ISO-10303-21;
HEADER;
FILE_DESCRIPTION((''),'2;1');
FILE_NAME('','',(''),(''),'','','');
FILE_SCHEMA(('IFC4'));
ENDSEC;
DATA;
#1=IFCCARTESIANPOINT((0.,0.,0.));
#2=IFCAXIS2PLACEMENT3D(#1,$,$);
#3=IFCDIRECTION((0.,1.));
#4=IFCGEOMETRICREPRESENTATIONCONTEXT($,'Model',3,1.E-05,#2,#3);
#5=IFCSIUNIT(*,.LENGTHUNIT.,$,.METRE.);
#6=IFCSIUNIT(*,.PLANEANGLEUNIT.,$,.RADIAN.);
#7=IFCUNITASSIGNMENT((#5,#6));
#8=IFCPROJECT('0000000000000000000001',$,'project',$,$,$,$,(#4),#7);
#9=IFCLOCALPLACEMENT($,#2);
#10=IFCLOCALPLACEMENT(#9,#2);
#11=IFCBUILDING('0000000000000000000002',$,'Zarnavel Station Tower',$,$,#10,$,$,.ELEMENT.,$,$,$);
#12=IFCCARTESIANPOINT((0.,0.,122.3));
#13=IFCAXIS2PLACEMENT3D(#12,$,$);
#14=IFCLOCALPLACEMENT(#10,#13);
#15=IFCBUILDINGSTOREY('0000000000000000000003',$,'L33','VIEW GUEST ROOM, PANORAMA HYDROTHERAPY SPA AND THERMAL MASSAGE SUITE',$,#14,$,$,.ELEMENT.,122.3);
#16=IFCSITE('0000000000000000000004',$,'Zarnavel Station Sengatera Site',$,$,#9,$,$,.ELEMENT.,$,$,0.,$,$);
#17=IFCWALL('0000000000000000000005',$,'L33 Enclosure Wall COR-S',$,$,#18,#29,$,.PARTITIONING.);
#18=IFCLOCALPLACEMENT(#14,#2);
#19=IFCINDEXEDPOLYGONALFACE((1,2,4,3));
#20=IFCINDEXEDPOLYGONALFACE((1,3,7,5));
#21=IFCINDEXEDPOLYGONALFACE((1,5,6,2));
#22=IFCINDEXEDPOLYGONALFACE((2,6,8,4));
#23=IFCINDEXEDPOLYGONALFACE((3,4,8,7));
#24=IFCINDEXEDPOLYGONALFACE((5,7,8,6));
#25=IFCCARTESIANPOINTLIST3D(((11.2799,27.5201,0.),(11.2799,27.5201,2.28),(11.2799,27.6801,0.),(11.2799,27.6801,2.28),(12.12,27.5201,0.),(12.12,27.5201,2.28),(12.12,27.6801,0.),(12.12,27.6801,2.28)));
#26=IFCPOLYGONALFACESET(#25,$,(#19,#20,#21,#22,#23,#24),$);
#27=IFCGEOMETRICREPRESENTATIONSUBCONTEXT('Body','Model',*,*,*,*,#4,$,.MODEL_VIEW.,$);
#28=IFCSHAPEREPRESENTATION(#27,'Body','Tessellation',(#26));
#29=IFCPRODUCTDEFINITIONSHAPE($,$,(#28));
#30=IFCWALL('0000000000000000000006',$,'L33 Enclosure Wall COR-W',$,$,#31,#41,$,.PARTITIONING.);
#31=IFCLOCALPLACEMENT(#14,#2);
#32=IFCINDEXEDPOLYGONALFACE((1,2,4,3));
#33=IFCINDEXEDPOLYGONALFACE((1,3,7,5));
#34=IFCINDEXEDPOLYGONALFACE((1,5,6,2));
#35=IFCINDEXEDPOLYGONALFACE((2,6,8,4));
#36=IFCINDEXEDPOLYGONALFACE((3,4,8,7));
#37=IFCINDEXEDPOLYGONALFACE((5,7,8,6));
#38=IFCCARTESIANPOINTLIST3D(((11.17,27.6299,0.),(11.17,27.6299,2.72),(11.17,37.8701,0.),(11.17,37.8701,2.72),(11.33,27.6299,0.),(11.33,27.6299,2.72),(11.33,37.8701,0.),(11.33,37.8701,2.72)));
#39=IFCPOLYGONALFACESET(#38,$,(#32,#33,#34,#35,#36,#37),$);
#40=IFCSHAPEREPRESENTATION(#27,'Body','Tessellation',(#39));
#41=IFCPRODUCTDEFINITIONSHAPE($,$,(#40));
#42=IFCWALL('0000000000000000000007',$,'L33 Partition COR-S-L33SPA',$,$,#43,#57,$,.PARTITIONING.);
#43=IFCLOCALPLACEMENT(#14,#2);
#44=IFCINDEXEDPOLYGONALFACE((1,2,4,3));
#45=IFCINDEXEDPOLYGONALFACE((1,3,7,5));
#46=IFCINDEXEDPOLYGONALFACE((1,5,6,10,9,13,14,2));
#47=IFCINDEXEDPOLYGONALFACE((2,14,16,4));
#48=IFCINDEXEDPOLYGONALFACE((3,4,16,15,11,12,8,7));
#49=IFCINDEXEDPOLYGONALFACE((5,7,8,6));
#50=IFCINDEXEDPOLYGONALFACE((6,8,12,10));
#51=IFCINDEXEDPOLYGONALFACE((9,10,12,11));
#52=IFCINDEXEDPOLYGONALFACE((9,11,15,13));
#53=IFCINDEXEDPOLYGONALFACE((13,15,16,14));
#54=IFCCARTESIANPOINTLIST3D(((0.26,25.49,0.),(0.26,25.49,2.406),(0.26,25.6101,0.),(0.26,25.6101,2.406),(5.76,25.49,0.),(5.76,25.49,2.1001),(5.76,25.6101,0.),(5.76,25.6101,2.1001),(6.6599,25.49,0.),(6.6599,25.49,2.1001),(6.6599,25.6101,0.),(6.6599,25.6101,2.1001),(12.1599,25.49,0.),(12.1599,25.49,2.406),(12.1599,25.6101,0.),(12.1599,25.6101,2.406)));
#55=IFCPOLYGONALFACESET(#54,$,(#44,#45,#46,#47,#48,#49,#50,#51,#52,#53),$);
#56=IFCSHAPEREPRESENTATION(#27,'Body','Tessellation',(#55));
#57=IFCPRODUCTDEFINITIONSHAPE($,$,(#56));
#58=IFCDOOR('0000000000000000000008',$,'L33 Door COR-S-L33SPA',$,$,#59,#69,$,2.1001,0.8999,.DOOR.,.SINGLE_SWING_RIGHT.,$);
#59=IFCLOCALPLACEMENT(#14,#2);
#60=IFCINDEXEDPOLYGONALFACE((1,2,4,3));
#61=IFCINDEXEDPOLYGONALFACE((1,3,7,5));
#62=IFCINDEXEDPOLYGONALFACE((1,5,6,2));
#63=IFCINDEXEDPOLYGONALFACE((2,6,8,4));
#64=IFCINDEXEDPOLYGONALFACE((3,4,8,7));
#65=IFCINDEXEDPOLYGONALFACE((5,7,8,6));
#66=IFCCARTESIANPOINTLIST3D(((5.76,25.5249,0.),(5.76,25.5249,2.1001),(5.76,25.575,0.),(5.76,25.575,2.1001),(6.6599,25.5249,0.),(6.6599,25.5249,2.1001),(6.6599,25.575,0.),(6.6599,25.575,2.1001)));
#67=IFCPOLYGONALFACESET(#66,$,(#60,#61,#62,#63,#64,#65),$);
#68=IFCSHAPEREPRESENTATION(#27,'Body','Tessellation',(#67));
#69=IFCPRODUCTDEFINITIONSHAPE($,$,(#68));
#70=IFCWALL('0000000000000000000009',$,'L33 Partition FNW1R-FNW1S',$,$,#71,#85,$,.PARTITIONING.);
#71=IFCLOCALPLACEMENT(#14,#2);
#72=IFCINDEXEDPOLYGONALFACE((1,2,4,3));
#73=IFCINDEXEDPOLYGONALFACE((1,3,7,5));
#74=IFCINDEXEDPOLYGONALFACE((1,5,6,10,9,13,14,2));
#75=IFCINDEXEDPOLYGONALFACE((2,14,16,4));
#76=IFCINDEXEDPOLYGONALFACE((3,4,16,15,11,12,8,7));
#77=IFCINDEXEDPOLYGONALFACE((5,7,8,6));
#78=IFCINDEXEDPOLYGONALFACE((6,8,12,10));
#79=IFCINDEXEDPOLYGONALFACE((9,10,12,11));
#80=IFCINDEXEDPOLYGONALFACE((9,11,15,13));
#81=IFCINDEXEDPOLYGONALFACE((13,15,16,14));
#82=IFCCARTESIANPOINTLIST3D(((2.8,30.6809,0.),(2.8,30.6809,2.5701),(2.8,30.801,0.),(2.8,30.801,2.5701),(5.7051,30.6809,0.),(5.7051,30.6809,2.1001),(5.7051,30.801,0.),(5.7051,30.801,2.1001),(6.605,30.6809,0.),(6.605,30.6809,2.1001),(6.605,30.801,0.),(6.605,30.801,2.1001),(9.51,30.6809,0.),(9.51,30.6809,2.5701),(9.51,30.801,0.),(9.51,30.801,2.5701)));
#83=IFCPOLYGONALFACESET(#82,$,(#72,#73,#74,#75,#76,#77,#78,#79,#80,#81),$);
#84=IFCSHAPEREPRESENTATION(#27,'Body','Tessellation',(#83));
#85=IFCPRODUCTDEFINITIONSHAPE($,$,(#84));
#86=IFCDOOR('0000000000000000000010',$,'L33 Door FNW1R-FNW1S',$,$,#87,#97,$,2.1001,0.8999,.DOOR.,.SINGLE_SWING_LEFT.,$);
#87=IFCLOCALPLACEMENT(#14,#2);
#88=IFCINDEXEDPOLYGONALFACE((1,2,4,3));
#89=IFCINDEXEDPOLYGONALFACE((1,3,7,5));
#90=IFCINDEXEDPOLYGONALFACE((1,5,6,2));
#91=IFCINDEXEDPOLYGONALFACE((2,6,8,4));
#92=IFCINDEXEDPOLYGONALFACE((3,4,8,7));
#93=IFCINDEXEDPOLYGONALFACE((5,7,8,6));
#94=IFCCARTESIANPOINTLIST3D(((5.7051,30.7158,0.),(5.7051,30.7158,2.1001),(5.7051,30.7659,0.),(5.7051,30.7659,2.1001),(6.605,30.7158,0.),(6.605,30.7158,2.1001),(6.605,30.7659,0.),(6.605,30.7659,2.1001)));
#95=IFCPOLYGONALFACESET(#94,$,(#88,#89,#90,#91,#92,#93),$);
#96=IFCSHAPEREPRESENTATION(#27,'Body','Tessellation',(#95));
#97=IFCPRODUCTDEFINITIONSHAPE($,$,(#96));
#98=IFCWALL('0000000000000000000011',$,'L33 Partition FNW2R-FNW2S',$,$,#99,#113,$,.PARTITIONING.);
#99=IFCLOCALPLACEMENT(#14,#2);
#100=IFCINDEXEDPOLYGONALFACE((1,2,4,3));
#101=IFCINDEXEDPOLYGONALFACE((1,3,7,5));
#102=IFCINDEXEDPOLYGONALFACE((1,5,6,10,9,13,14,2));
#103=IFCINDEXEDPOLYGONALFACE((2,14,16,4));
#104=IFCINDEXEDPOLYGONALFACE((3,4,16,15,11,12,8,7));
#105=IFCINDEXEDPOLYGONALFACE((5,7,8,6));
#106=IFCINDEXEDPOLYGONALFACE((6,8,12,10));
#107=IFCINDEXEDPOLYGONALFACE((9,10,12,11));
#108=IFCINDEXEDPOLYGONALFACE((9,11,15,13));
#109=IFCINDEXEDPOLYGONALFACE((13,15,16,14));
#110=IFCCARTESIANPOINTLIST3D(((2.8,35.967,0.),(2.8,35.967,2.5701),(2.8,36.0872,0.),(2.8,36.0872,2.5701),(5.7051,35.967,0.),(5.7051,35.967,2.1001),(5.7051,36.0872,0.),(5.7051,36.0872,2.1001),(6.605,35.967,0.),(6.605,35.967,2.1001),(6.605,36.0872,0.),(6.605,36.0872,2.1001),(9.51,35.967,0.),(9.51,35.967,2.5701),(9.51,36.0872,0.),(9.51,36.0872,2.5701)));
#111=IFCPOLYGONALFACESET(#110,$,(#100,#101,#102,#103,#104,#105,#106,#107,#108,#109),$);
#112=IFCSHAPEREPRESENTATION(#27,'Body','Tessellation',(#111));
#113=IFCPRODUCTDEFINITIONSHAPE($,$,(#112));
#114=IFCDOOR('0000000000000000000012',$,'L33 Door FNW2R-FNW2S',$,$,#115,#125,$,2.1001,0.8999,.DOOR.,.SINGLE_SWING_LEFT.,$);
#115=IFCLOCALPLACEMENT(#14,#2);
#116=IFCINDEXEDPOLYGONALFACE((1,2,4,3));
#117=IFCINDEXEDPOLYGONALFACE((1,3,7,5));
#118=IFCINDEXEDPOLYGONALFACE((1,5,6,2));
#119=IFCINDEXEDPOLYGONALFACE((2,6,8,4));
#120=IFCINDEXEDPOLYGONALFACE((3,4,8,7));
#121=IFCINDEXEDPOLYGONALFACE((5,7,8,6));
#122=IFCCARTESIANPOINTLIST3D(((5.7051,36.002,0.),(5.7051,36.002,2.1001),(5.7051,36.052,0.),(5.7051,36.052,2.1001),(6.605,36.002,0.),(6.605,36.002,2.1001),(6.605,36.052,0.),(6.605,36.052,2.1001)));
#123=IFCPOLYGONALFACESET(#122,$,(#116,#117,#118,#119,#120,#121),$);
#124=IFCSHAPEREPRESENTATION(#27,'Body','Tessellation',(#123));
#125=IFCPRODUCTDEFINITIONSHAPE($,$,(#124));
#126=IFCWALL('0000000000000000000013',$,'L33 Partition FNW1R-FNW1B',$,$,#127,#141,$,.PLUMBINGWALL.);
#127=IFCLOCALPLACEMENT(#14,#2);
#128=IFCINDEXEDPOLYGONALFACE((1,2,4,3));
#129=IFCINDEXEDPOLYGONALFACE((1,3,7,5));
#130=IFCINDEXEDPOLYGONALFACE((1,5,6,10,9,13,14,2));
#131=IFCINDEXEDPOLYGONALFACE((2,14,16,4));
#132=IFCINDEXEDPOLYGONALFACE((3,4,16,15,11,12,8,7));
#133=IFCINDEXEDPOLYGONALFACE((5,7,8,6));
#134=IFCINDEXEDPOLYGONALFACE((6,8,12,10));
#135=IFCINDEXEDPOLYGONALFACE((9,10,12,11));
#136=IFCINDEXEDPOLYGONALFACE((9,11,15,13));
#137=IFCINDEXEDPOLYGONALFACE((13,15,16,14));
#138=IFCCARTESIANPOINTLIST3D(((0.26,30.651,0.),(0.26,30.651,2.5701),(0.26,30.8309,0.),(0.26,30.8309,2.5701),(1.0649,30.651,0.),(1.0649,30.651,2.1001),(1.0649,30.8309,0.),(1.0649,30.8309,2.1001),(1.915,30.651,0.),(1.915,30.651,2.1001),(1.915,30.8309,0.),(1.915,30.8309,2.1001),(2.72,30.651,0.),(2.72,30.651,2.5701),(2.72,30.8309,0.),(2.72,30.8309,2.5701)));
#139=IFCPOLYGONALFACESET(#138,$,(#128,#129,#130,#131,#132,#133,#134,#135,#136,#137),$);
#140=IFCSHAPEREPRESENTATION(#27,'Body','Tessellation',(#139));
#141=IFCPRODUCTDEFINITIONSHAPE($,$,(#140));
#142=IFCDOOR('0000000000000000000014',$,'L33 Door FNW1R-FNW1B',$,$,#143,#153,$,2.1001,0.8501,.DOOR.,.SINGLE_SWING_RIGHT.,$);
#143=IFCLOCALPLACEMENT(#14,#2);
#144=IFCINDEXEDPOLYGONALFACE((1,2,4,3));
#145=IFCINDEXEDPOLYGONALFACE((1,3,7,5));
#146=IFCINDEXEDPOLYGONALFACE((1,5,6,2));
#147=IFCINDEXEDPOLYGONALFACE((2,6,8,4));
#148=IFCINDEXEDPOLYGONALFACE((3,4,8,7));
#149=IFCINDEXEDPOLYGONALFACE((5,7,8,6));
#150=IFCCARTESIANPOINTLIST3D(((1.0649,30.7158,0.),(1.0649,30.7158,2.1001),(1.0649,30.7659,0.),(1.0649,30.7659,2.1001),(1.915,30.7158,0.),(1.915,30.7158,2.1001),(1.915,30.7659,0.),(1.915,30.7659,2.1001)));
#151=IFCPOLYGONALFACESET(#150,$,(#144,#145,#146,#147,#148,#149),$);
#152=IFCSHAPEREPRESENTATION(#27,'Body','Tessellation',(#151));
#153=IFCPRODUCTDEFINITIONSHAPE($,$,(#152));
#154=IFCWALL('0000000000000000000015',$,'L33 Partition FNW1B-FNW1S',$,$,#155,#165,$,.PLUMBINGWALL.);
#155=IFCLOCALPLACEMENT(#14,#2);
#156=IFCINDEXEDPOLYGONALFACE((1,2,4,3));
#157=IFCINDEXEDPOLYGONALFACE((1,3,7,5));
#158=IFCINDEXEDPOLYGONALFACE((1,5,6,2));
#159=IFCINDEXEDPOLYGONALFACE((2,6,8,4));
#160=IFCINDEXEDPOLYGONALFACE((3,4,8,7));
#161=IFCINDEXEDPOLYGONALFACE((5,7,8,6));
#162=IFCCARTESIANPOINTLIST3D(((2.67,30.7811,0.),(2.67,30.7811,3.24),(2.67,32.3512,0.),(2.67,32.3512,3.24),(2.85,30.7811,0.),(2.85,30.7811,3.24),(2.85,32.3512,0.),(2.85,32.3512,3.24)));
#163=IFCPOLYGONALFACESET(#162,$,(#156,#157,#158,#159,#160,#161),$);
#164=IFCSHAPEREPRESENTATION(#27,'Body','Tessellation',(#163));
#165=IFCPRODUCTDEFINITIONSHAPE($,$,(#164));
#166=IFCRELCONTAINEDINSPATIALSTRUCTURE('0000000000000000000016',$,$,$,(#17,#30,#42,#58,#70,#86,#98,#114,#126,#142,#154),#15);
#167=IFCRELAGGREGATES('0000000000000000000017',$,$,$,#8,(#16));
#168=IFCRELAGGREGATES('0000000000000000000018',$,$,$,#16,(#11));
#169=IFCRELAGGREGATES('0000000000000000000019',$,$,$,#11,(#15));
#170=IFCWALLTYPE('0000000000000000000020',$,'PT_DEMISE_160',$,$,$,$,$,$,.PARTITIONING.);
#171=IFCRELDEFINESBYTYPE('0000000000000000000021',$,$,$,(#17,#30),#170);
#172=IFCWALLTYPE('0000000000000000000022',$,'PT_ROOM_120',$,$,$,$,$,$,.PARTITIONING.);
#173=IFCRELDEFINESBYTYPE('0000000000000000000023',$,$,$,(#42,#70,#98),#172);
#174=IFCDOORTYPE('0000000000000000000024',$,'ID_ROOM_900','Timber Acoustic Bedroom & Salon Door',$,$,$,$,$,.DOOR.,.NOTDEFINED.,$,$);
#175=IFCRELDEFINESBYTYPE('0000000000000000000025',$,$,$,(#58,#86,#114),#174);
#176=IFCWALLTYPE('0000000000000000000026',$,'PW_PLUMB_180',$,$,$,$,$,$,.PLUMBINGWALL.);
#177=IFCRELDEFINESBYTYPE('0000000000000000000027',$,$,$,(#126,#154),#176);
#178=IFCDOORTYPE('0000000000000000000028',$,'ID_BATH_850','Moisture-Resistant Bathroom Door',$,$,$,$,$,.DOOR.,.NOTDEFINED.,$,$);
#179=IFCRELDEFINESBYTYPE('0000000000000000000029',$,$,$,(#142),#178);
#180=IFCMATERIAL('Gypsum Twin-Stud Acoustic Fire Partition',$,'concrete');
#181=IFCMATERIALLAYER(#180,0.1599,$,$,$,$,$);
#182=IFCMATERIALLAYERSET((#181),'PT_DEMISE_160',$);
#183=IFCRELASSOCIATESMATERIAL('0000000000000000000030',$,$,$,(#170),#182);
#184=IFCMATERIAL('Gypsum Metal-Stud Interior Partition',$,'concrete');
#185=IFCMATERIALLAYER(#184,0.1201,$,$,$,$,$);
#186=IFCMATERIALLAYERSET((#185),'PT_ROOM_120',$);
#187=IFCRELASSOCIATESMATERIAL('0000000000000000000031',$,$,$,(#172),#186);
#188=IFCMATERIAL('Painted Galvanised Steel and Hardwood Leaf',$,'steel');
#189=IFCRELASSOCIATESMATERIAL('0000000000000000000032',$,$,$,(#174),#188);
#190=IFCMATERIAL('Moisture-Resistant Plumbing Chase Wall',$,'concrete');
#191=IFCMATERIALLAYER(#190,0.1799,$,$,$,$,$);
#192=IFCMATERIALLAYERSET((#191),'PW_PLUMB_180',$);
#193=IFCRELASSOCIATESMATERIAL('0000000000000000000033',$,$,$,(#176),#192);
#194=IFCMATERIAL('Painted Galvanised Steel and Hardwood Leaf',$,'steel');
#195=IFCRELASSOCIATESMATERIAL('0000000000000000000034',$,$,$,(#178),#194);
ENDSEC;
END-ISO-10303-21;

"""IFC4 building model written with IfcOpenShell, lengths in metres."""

from ifc_helpers import new_model, si_unit, direction, frame, frame_2d, origin, place, context, subcontext, project, spatial, rectangle, extrude, material, layer, layer_set, type_object, element, fill, save


model = new_model("IFC4")

# Units and contexts
model_context = context("Model", 3, precision=1e-05, world=origin(), true_north=direction((0.0, 1.0)))
body_context = subcontext(model_context, "Body", "Model", "MODEL_VIEW")
ifc_project = project(units=[si_unit("LENGTHUNIT", "METRE"), si_unit("PLANEANGLEUNIT", "RADIAN")], contexts=[model_context])

# Site, building, storey
site_placement = place(None, origin())
site = spatial("IfcSite", under=ifc_project, at=site_placement, Name="Zarnavel Station Sengatera Site", CompositionType="ELEMENT", RefElevation=0.0)
building_placement = place(site_placement, origin())
building = spatial("IfcBuilding", under=site, at=building_placement, Name="Zarnavel Station Tower", CompositionType="ELEMENT")
storey_placement = place(building_placement, frame((0.0, 0.0, 122.3)))
storey = spatial("IfcBuildingStorey", under=building, at=storey_placement, Name="L33", Description="VIEW GUEST ROOM, PANORAMA HYDROTHERAPY SPA AND THERMAL MASSAGE SUITE", CompositionType="ELEMENT", Elevation=122.3)

# Shared definitions
ifc_material_1 = material(Name="Gypsum Twin-Stud Acoustic Fire Partition", Category="concrete")
ifc_layer_1 = layer(ifc_material_1, 0.1599)
ifc_layer_set_1 = layer_set([ifc_layer_1], Name="PT_DEMISE_160")
wall_type_1 = type_object("IfcWallType", Name="PT_DEMISE_160", PredefinedType="PARTITIONING", material=ifc_layer_set_1)

# Walls
wall_1_placement = place(storey_placement, frame((11.28, 27.6001, 0.0), z_axis=(0.0, 0.0, 1.0), x_axis=(1.0, 0.0, 0.0)))
element("IfcWall", 1, at=wall_1_placement, inside=storey, type_object=wall_type_1, Name="L33 Enclosure Wall COR-S", PredefinedType="PARTITIONING", context=body_context, shape_type="SweptSolid", body=[
    extrude(rectangle(XDim=0.8401, YDim=0.1599, at=frame_2d((0.4199, 0.0))), origin(), (0.0, 0.0, 1.0), 2.28),
])
wall_2_placement = place(storey_placement, frame((11.25, 27.6299, 0.0), z_axis=(0.0, 0.0, 1.0), x_axis=(0.0, 1.0, 0.0)))
element("IfcWall", 2, at=wall_2_placement, inside=storey, type_object=wall_type_1, Name="L33 Enclosure Wall COR-W", PredefinedType="PARTITIONING", context=body_context, shape_type="SweptSolid", body=[
    extrude(rectangle(XDim=10.2402, YDim=0.1599, at=frame_2d((5.1201, 0.0))), origin(), (0.0, 0.0, 1.0), 2.72),
])

# Walls, openings, doors
ifc_material_2 = material(Name="Gypsum Metal-Stud Interior Partition", Category="concrete")
ifc_layer_2 = layer(ifc_material_2, 0.1201)
ifc_layer_set_2 = layer_set([ifc_layer_2], Name="PT_ROOM_120")
wall_type_2 = type_object("IfcWallType", Name="PT_ROOM_120", PredefinedType="PARTITIONING", material=ifc_layer_set_2)
wall_3_placement = place(storey_placement, frame((0.26, 25.55, 0.0), z_axis=(0.0, 0.0, 1.0), x_axis=(1.0, 0.0, 0.0)))
wall_3 = element("IfcWall", 3, at=wall_3_placement, inside=storey, type_object=wall_type_2, Name="L33 Partition COR-S-L33SPA", PredefinedType="PARTITIONING", context=body_context, shape_type="SweptSolid", body=[
    extrude(rectangle(XDim=11.8999, YDim=0.1201, at=frame_2d((5.95, 0.0))), origin(), (0.0, 0.0, 1.0), 2.406),
])
opening_1_placement = place(wall_3_placement, frame((5.5, 0.0, 0.0)))
opening_1 = element("IfcOpeningElement", 4, at=opening_1_placement, cuts=wall_3, PredefinedType="OPENING", context=body_context, shape_type="SweptSolid", body=[
    extrude(rectangle(XDim=0.8999, YDim=2.1001, at=frame_2d((0.45, 1.05))), frame((0.0, 0.0701, 0.0), z_axis=(0.0, -1.0, 0.0), x_axis=(1.0, 0.0, 0.0)), (0.0, 0.0, 1.0), 0.1401),
])
ifc_material_3 = material(Name="Painted Galvanised Steel and Hardwood Leaf", Category="steel")
door_type_1 = type_object("IfcDoorType", Name="ID_ROOM_900", Description="Timber Acoustic Bedroom & Salon Door", OperationType="NOTDEFINED", PredefinedType="DOOR", material=ifc_material_3)
door_1_placement = place(opening_1_placement, origin())
door_1 = element("IfcDoor", 5, at=door_1_placement, inside=storey, type_object=door_type_1, Name="L33 Door COR-S-L33SPA", OperationType="SINGLE_SWING_RIGHT", OverallHeight=2.1001, OverallWidth=0.8999, PredefinedType="DOOR", context=body_context, shape_type="SweptSolid", body=[
    extrude(rectangle(XDim=0.8999, YDim=2.1001, at=frame_2d((0.45, 1.05))), frame((0.0, 0.0249, 0.0), z_axis=(0.0, -1.0, 0.0), x_axis=(1.0, 0.0, 0.0)), (0.0, 0.0, 1.0), 0.05),
])
fill(opening_1, door_1)
wall_4_placement = place(storey_placement, frame((2.8, 30.741, 0.0), z_axis=(0.0, 0.0, 1.0), x_axis=(1.0, 0.0, 0.0)))
wall_4 = element("IfcWall", 6, at=wall_4_placement, inside=storey, type_object=wall_type_2, Name="L33 Partition FNW1R-FNW1S", PredefinedType="PARTITIONING", context=body_context, shape_type="SweptSolid", body=[
    extrude(rectangle(XDim=6.71, YDim=0.1201, at=frame_2d((3.355, 0.0))), origin(), (0.0, 0.0, 1.0), 2.5701),
])
opening_2_placement = place(wall_4_placement, frame((2.905, 0.0, 0.0)))
opening_2 = element("IfcOpeningElement", 7, at=opening_2_placement, cuts=wall_4, PredefinedType="OPENING", context=body_context, shape_type="SweptSolid", body=[
    extrude(rectangle(XDim=0.8999, YDim=2.1001, at=frame_2d((0.45, 1.05))), frame((0.0, 0.0701, 0.0), z_axis=(0.0, -1.0, 0.0), x_axis=(1.0, 0.0, 0.0)), (0.0, 0.0, 1.0), 0.1401),
])
door_2_placement = place(opening_2_placement, origin())
door_2 = element("IfcDoor", 8, at=door_2_placement, inside=storey, type_object=door_type_1, Name="L33 Door FNW1R-FNW1S", OperationType="SINGLE_SWING_LEFT", OverallHeight=2.1001, OverallWidth=0.8999, PredefinedType="DOOR", context=body_context, shape_type="SweptSolid", body=[
    extrude(rectangle(XDim=0.8999, YDim=2.1001, at=frame_2d((0.45, 1.05))), frame((0.0, 0.0249, 0.0), z_axis=(0.0, -1.0, 0.0), x_axis=(1.0, 0.0, 0.0)), (0.0, 0.0, 1.0), 0.05),
])
fill(opening_2, door_2)
wall_5_placement = place(storey_placement, frame((2.8, 36.0271, 0.0), z_axis=(0.0, 0.0, 1.0), x_axis=(1.0, 0.0, 0.0)))
wall_5 = element("IfcWall", 9, at=wall_5_placement, inside=storey, type_object=wall_type_2, Name="L33 Partition FNW2R-FNW2S", PredefinedType="PARTITIONING", context=body_context, shape_type="SweptSolid", body=[
    extrude(rectangle(XDim=6.71, YDim=0.1201, at=frame_2d((3.355, 0.0))), origin(), (0.0, 0.0, 1.0), 2.5701),
])
opening_3_placement = place(wall_5_placement, frame((2.905, 0.0, 0.0)))
opening_3 = element("IfcOpeningElement", 10, at=opening_3_placement, cuts=wall_5, PredefinedType="OPENING", context=body_context, shape_type="SweptSolid", body=[
    extrude(rectangle(XDim=0.8999, YDim=2.1001, at=frame_2d((0.45, 1.05))), frame((0.0, 0.0701, 0.0), z_axis=(0.0, -1.0, 0.0), x_axis=(1.0, 0.0, 0.0)), (0.0, 0.0, 1.0), 0.1401),
])
door_3_placement = place(opening_3_placement, origin())
door_3 = element("IfcDoor", 11, at=door_3_placement, inside=storey, type_object=door_type_1, Name="L33 Door FNW2R-FNW2S", OperationType="SINGLE_SWING_LEFT", OverallHeight=2.1001, OverallWidth=0.8999, PredefinedType="DOOR", context=body_context, shape_type="SweptSolid", body=[
    extrude(rectangle(XDim=0.8999, YDim=2.1001, at=frame_2d((0.45, 1.05))), frame((0.0, 0.0249, 0.0), z_axis=(0.0, -1.0, 0.0), x_axis=(1.0, 0.0, 0.0)), (0.0, 0.0, 1.0), 0.05),
])
fill(opening_3, door_3)
ifc_material_4 = material(Name="Moisture-Resistant Plumbing Chase Wall", Category="concrete")
ifc_layer_3 = layer(ifc_material_4, 0.1799)
ifc_layer_set_3 = layer_set([ifc_layer_3], Name="PW_PLUMB_180")
wall_type_3 = type_object("IfcWallType", Name="PW_PLUMB_180", PredefinedType="PLUMBINGWALL", material=ifc_layer_set_3)
wall_6_placement = place(storey_placement, frame((0.26, 30.741, 0.0), z_axis=(0.0, 0.0, 1.0), x_axis=(1.0, 0.0, 0.0)))
wall_6 = element("IfcWall", 12, at=wall_6_placement, inside=storey, type_object=wall_type_3, Name="L33 Partition FNW1R-FNW1B", PredefinedType="PLUMBINGWALL", context=body_context, shape_type="SweptSolid", body=[
    extrude(rectangle(XDim=2.46, YDim=0.1799, at=frame_2d((1.23, 0.0))), origin(), (0.0, 0.0, 1.0), 2.5701),
])
opening_4_placement = place(wall_6_placement, frame((0.8049, 0.0, 0.0)))
opening_4 = element("IfcOpeningElement", 13, at=opening_4_placement, cuts=wall_6, PredefinedType="OPENING", context=body_context, shape_type="SweptSolid", body=[
    extrude(rectangle(XDim=0.8501, YDim=2.1001, at=frame_2d((0.425, 1.05))), frame((0.0, 0.0999, 0.0), z_axis=(0.0, -1.0, 0.0), x_axis=(1.0, 0.0, 0.0)), (0.0, 0.0, 1.0), 0.2),
])
ifc_material_5 = material(Name="Painted Galvanised Steel and Hardwood Leaf", Category="steel")
door_type_2 = type_object("IfcDoorType", Name="ID_BATH_850", Description="Moisture-Resistant Bathroom Door", OperationType="NOTDEFINED", PredefinedType="DOOR", material=ifc_material_5)
door_4_placement = place(opening_4_placement, origin())
door_4 = element("IfcDoor", 14, at=door_4_placement, inside=storey, type_object=door_type_2, Name="L33 Door FNW1R-FNW1B", OperationType="SINGLE_SWING_RIGHT", OverallHeight=2.1001, OverallWidth=0.8501, PredefinedType="DOOR", context=body_context, shape_type="SweptSolid", body=[
    extrude(rectangle(XDim=0.8501, YDim=2.1001, at=frame_2d((0.425, 1.05))), frame((0.0, 0.0249, 0.0), z_axis=(0.0, -1.0, 0.0), x_axis=(1.0, 0.0, 0.0)), (0.0, 0.0, 1.0), 0.05),
])
fill(opening_4, door_4)

# Wall
wall_7_placement = place(storey_placement, frame((2.76, 30.781, 0.0), z_axis=(0.0, 0.0, 1.0), x_axis=(0.0, 1.0, 0.0)))
element("IfcWall", 15, at=wall_7_placement, inside=storey, type_object=wall_type_3, Name="L33 Partition FNW1B-FNW1S", PredefinedType="PLUMBINGWALL", context=body_context, shape_type="SweptSolid", body=[
    extrude(rectangle(XDim=1.5701, YDim=0.1799, at=frame_2d((0.7852, 0.0))), origin(), (0.0, 0.0, 1.0), 3.24),
])

save(model, "model.ifc")
